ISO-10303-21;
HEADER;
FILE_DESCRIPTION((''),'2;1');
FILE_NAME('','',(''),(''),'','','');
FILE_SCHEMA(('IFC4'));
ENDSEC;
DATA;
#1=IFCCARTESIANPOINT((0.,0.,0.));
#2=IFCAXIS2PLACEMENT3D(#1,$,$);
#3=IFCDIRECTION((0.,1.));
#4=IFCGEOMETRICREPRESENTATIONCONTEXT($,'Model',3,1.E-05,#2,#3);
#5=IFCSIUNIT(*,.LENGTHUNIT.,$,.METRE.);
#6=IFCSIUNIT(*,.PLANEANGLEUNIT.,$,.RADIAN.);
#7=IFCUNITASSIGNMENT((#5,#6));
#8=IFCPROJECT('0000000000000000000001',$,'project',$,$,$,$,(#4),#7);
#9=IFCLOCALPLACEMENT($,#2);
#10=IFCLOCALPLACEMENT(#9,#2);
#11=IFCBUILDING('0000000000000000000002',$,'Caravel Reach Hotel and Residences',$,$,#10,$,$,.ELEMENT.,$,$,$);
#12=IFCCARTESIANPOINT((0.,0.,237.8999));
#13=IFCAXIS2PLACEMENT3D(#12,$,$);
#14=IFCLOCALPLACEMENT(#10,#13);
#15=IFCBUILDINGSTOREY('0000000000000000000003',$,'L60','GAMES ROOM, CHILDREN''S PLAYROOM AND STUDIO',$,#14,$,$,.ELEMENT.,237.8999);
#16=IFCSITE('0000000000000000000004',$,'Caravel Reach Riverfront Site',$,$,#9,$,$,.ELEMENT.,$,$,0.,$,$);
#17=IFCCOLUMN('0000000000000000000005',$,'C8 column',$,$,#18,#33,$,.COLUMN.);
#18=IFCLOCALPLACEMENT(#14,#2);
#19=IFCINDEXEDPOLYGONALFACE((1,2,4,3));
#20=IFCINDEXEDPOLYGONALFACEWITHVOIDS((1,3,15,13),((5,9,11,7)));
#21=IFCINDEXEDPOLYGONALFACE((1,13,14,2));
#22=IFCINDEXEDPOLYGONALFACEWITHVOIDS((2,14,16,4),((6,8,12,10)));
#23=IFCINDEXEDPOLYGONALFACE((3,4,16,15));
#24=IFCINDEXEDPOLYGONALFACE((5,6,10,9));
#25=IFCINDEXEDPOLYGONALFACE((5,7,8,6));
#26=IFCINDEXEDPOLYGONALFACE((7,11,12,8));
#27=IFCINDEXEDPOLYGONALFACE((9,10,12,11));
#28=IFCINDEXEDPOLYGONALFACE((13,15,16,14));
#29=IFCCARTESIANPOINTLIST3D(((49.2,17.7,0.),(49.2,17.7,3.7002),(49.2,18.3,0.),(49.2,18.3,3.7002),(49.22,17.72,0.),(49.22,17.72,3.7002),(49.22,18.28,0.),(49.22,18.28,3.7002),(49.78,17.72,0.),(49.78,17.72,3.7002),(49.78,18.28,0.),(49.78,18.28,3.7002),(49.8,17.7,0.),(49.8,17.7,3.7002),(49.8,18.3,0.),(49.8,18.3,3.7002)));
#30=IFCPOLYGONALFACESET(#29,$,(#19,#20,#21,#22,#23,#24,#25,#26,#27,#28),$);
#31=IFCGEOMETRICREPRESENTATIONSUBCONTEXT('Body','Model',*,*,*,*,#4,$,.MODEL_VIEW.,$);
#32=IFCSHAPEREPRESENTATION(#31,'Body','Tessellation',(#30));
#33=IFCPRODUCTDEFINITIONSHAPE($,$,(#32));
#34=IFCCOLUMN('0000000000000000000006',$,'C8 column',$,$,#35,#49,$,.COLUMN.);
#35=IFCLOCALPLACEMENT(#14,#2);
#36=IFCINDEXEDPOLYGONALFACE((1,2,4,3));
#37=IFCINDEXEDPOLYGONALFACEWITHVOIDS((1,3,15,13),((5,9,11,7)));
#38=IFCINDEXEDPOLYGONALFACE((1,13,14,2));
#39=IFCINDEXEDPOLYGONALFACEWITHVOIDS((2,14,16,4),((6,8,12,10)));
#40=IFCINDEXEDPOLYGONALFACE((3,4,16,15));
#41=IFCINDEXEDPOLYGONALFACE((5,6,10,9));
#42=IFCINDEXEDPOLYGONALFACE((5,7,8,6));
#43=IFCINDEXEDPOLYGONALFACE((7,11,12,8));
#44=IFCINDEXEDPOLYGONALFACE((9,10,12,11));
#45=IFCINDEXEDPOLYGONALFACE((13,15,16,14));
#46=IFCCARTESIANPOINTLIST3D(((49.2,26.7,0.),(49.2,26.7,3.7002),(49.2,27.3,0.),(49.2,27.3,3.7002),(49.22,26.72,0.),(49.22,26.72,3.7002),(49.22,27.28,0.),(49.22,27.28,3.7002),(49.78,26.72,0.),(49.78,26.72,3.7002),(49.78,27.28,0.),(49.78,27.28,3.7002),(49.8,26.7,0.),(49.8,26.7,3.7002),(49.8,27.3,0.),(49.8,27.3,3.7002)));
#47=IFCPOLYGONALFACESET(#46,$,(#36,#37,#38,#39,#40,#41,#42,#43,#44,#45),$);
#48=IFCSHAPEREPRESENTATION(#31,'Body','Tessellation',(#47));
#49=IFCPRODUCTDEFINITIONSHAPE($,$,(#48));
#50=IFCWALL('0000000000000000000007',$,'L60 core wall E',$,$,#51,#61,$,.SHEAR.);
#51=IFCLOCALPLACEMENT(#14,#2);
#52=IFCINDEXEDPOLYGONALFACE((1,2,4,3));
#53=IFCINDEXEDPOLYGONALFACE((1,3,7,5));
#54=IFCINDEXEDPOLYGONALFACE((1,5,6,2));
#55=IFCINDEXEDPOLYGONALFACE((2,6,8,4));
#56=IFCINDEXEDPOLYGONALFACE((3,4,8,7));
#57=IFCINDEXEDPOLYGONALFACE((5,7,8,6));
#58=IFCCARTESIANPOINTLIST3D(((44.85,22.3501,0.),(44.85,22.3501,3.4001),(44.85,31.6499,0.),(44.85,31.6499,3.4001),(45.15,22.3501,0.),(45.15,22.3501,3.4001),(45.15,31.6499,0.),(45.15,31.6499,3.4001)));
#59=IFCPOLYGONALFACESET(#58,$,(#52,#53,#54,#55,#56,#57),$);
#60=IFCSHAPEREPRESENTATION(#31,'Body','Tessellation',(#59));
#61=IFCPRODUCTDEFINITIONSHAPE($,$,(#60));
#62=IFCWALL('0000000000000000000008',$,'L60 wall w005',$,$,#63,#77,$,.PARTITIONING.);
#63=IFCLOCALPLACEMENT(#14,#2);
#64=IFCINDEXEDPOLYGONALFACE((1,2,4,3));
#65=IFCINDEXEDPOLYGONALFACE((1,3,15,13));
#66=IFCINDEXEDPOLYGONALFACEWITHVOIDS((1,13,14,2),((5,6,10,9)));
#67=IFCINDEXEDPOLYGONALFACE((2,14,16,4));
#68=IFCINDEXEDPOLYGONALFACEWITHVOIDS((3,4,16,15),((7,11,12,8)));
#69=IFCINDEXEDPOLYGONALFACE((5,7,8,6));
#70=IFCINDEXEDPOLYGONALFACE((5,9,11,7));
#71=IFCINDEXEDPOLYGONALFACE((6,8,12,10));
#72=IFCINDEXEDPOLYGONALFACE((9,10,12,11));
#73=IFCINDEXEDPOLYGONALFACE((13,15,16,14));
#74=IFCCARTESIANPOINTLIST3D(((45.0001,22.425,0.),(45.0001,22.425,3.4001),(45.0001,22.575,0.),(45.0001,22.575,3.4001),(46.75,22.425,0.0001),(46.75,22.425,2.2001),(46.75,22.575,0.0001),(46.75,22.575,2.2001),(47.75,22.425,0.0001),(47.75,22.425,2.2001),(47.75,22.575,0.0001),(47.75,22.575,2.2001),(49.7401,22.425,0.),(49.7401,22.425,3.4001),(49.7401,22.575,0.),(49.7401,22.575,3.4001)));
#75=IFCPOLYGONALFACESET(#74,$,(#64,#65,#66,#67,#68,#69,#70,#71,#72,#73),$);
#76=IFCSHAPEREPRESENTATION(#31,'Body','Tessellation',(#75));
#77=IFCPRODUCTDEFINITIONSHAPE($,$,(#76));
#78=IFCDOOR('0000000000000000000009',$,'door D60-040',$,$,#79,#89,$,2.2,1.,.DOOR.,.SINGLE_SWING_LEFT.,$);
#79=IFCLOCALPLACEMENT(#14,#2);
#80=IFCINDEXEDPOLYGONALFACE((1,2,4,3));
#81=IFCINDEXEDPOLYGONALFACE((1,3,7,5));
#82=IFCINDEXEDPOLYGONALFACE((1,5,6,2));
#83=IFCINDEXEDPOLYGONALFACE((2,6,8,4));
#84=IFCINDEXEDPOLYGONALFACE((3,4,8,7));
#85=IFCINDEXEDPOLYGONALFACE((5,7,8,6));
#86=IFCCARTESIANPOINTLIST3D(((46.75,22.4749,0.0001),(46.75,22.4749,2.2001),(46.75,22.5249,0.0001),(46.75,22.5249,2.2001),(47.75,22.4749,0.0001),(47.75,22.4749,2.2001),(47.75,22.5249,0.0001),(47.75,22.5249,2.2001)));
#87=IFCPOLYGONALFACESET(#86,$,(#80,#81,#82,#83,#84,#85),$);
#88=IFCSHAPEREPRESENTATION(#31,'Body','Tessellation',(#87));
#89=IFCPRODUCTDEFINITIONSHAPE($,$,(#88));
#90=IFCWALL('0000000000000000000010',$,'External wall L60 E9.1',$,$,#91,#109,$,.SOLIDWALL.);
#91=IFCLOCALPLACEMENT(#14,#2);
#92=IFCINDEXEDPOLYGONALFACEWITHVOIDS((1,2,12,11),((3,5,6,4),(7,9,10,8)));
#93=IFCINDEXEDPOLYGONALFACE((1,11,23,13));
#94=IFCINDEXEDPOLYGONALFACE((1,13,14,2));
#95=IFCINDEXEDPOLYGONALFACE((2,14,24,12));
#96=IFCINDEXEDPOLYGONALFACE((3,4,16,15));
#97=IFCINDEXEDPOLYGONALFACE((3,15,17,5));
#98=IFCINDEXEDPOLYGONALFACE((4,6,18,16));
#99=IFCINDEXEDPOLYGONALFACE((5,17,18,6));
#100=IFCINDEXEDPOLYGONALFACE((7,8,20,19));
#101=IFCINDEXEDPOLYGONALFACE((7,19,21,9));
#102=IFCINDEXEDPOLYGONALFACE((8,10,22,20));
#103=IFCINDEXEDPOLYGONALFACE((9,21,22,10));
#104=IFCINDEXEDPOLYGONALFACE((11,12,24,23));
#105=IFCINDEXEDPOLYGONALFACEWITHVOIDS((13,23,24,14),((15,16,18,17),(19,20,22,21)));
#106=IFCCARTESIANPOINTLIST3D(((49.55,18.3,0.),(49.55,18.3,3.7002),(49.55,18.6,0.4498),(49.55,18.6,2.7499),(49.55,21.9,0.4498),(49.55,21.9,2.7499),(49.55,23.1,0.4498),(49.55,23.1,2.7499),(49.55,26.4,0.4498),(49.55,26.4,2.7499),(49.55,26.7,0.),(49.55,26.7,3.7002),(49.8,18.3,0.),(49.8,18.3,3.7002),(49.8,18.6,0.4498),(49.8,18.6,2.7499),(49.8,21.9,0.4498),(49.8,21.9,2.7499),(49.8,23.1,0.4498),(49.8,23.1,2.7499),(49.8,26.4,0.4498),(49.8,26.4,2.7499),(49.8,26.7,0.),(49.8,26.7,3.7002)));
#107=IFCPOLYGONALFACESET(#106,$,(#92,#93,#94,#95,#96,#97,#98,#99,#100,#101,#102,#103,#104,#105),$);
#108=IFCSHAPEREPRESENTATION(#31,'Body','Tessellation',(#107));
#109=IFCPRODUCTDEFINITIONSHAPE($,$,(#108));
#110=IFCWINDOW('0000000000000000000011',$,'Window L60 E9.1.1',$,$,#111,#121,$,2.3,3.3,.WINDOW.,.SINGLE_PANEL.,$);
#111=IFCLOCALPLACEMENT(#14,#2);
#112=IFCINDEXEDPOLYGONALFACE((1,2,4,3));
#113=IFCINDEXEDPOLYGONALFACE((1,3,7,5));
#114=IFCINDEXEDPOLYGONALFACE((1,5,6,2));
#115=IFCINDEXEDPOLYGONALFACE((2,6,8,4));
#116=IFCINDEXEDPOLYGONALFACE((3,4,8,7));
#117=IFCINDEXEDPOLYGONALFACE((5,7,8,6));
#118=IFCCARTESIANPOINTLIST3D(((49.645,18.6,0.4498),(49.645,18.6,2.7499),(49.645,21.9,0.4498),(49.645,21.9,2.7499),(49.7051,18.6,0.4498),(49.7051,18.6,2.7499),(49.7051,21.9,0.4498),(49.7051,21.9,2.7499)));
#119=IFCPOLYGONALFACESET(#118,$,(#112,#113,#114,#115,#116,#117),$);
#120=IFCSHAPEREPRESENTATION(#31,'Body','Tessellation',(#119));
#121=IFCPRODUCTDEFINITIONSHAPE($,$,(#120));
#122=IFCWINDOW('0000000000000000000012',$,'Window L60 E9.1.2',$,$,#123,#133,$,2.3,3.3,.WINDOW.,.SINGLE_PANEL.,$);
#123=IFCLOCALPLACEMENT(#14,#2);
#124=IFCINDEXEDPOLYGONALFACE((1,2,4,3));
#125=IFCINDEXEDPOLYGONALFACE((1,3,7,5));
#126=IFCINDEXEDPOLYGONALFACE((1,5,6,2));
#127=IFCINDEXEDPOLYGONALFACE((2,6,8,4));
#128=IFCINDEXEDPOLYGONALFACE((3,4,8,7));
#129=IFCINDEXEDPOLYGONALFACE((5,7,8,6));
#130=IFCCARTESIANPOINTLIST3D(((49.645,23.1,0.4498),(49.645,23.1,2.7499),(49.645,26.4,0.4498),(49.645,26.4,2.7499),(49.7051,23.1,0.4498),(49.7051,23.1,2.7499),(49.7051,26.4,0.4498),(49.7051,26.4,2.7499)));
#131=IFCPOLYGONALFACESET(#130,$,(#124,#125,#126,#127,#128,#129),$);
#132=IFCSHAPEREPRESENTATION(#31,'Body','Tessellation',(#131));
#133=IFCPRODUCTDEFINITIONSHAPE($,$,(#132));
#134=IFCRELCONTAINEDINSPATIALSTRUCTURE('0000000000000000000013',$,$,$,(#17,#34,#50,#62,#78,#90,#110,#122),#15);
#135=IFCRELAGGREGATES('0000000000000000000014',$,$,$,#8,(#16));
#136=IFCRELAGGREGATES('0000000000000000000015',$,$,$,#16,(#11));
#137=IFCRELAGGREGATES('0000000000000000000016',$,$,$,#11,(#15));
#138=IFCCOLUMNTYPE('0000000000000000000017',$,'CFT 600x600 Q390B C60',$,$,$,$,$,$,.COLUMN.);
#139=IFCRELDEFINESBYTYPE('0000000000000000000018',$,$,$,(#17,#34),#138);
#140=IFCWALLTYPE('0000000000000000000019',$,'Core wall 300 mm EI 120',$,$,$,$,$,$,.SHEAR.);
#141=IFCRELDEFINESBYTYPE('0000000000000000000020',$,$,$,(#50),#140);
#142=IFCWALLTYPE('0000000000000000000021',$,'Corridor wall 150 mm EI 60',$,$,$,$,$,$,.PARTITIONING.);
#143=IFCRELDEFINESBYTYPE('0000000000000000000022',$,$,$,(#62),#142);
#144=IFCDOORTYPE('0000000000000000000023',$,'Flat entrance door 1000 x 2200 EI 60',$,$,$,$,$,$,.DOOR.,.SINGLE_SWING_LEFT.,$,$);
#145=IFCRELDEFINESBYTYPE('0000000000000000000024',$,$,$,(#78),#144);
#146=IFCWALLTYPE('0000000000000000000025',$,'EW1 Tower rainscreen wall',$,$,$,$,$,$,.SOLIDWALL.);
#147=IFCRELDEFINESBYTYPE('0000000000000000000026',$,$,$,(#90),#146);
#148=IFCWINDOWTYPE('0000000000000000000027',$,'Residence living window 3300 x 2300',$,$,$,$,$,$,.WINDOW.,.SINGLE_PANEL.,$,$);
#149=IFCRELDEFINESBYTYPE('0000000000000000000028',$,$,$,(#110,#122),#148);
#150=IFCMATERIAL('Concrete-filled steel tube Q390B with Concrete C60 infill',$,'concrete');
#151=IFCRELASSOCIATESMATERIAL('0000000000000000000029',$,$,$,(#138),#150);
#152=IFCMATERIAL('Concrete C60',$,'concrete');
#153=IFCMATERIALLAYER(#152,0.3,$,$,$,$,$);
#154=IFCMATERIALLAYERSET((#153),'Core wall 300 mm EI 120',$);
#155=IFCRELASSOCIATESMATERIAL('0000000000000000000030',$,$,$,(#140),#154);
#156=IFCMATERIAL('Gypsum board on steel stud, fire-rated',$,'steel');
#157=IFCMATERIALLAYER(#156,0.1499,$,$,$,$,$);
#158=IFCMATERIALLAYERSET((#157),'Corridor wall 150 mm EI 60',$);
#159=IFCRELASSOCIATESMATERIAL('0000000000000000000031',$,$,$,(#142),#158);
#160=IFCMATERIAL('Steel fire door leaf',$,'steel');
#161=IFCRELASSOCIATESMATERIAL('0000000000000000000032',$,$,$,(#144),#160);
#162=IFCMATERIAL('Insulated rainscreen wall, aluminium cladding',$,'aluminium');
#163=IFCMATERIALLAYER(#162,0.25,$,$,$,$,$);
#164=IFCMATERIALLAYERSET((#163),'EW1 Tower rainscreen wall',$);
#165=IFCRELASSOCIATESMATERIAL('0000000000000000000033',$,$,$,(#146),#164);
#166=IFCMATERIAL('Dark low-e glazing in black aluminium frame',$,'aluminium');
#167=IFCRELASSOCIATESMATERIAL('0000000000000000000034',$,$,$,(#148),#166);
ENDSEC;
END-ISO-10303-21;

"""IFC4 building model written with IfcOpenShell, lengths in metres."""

from ifc_helpers import new_model, si_unit, direction, frame, frame_2d, origin, origin_2d, place, context, subcontext, project, spatial, rectangle, hollow_rectangle, extrude, material, layer, layer_set, material_profile, profile_set, type_object, element, fill, save


model = new_model("IFC4")

# Units and contexts
model_context = context("Model", 3, precision=1e-05, world=origin(), true_north=direction((0.0, 1.0)))
body_context = subcontext(model_context, "Body", "Model", "MODEL_VIEW")
ifc_project = project(units=[si_unit("LENGTHUNIT", "METRE"), si_unit("PLANEANGLEUNIT", "RADIAN")], contexts=[model_context])

# Site, building, storey
site_placement = place(None, origin())
site = spatial("IfcSite", under=ifc_project, at=site_placement, Name="Caravel Reach Riverfront Site", CompositionType="ELEMENT", RefElevation=0.0)
building_placement = place(site_placement, origin())
building = spatial("IfcBuilding", under=site, at=building_placement, Name="Caravel Reach Hotel and Residences", CompositionType="ELEMENT")
storey_placement = place(building_placement, frame((0.0, 0.0, 237.8999)))
storey = spatial("IfcBuildingStorey", under=building, at=storey_placement, Name="L60", Description="GAMES ROOM, CHILDREN'S PLAYROOM AND STUDIO", CompositionType="ELEMENT", Elevation=237.8999)

# Columns
ifc_material_1 = material(Name="Concrete-filled steel tube Q390B with Concrete C60 infill", Category="concrete")
ifc_material_profile = material_profile(ifc_material_1, hollow_rectangle(XDim=0.6001, YDim=0.6001, WallThickness=0.02, at=origin_2d()), Name="RHS 600x600x20")
ifc_profile_set = profile_set([ifc_material_profile], Name="Concrete-filled steel tube Q390B with Concrete C60 infill")
column_type = type_object("IfcColumnType", Name="CFT 600x600 Q390B C60", PredefinedType="COLUMN", material=ifc_profile_set)
for number, where, z_axis, x_axis, name in (
    (1, (49.5, 18.0, 0.0), (0.0, 0.0, 1.0), (1.0, 0.0, 0.0), "C8 column"),
    (2, (49.5, 27.0, 0.0), (0.0, 0.0, 1.0), (1.0, 0.0, 0.0), "C8 column"),
):
    element("IfcColumn", number, at=place(storey_placement, frame(where, z_axis=z_axis, x_axis=x_axis)), inside=storey, type_object=column_type, Name=name, PredefinedType="COLUMN", context=body_context, shape_type="SweptSolid", body=[
        extrude(hollow_rectangle(XDim=0.6001, YDim=0.6001, WallThickness=0.02, at=origin_2d()), origin(), (0.0, 0.0, 1.0), 3.7002),
    ])

# Wall
ifc_material_2 = material(Name="Concrete C60", Category="concrete")
ifc_layer_1 = layer(ifc_material_2, 0.3)
ifc_layer_set_1 = layer_set([ifc_layer_1], Name="Core wall 300 mm EI 120")
wall_type_1 = type_object("IfcWallType", Name="Core wall 300 mm EI 120", PredefinedType="SHEAR", material=ifc_layer_set_1)
wall_1_placement = place(storey_placement, frame((45.0, 22.3501, 0.0), z_axis=(0.0, 0.0, 1.0), x_axis=(0.0, 1.0, 0.0)))
element("IfcWall", 3, at=wall_1_placement, inside=storey, type_object=wall_type_1, Name="L60 core wall E", PredefinedType="SHEAR", context=body_context, shape_type="SweptSolid", body=[
    extrude(rectangle(XDim=9.2998, YDim=0.3, at=frame_2d((4.6499, 0.0))), origin(), (0.0, 0.0, 1.0), 3.4001),
])

# Wall, opening, door
ifc_material_3 = material(Name="Gypsum board on steel stud, fire-rated", Category="steel")
ifc_layer_2 = layer(ifc_material_3, 0.1499)
ifc_layer_set_2 = layer_set([ifc_layer_2], Name="Corridor wall 150 mm EI 60")
wall_type_2 = type_object("IfcWallType", Name="Corridor wall 150 mm EI 60", PredefinedType="PARTITIONING", material=ifc_layer_set_2)
wall_2_placement = place(storey_placement, frame((45.0, 22.5, 0.0), z_axis=(0.0, 0.0, 1.0), x_axis=(1.0, 0.0, 0.0)))
wall_2 = element("IfcWall", 4, at=wall_2_placement, inside=storey, type_object=wall_type_2, Name="L60 wall w005", PredefinedType="PARTITIONING", context=body_context, shape_type="SweptSolid", body=[
    extrude(rectangle(XDim=4.74, YDim=0.1499, at=frame_2d((2.3701, 0.0))), origin(), (0.0, 0.0, 1.0), 3.4001),
])
opening_1_placement = place(wall_2_placement, frame((1.75, 0.0, 0.0)))
opening_1 = element("IfcOpeningElement", 5, at=opening_1_placement, cuts=wall_2, PredefinedType="OPENING", context=body_context, shape_type="SweptSolid", body=[
    extrude(rectangle(XDim=1.0, YDim=2.2, at=frame_2d((0.5, 1.1001))), frame((0.0, 0.085, 0.0), z_axis=(0.0, -1.0, 0.0), x_axis=(1.0, 0.0, 0.0)), (0.0, 0.0, 1.0), 0.1699),
])
ifc_material_4 = material(Name="Steel fire door leaf", Category="steel")
door_type = type_object("IfcDoorType", Name="Flat entrance door 1000 x 2200 EI 60", OperationType="SINGLE_SWING_LEFT", PredefinedType="DOOR", material=ifc_material_4)
door_placement = place(opening_1_placement, origin())
door = element("IfcDoor", 6, at=door_placement, inside=storey, type_object=door_type, Name="door D60-040", OperationType="SINGLE_SWING_LEFT", OverallHeight=2.2, OverallWidth=1.0, PredefinedType="DOOR", context=body_context, shape_type="SweptSolid", body=[
    extrude(rectangle(XDim=1.0, YDim=2.2, at=frame_2d((0.5, 1.1001))), frame((0.0, 0.0249, 0.0), z_axis=(0.0, -1.0, 0.0), x_axis=(1.0, 0.0, 0.0)), (0.0, 0.0, 1.0), 0.05),
])
fill(opening_1, door)

# Wall, openings, windows
ifc_material_5 = material(Name="Insulated rainscreen wall, aluminium cladding", Category="aluminium")
ifc_layer_3 = layer(ifc_material_5, 0.25)
ifc_layer_set_3 = layer_set([ifc_layer_3], Name="EW1 Tower rainscreen wall")
wall_type_3 = type_object("IfcWallType", Name="EW1 Tower rainscreen wall", PredefinedType="SOLIDWALL", material=ifc_layer_set_3)
wall_3_placement = place(storey_placement, frame((49.675, 18.3, 0.0), z_axis=(0.0, 0.0, 1.0), x_axis=(0.0, 1.0, 0.0)))
wall_3 = element("IfcWall", 7, at=wall_3_placement, inside=storey, type_object=wall_type_3, Name="External wall L60 E9.1", PredefinedType="SOLIDWALL", context=body_context, shape_type="SweptSolid", body=[
    extrude(rectangle(XDim=8.3999, YDim=0.25, at=frame_2d((4.2, 0.0))), origin(), (0.0, 0.0, 1.0), 3.7002),
])
opening_2_placement = place(wall_3_placement, frame((0.3, 0.0, 0.45)))
opening_2 = element("IfcOpeningElement", 8, at=opening_2_placement, cuts=wall_3, PredefinedType="OPENING", context=body_context, shape_type="SweptSolid", body=[
    extrude(rectangle(XDim=3.3, YDim=2.3, at=frame_2d((1.6499, 1.1499))), frame((0.0, 0.135, 0.0), z_axis=(0.0, -1.0, 0.0), x_axis=(1.0, 0.0, 0.0)), (0.0, 0.0, 1.0), 0.27),
])
opening_3_placement = place(wall_3_placement, frame((4.8, 0.0, 0.45)))
opening_3 = element("IfcOpeningElement", 9, at=opening_3_placement, cuts=wall_3, PredefinedType="OPENING", context=body_context, shape_type="SweptSolid", body=[
    extrude(rectangle(XDim=3.3, YDim=2.3, at=frame_2d((1.6499, 1.1499))), frame((0.0, 0.135, 0.0), z_axis=(0.0, -1.0, 0.0), x_axis=(1.0, 0.0, 0.0)), (0.0, 0.0, 1.0), 0.27),
])
ifc_material_6 = material(Name="Dark low-e glazing in black aluminium frame", Category="aluminium")
window_type = type_object("IfcWindowType", Name="Residence living window 3300 x 2300", PartitioningType="SINGLE_PANEL", PredefinedType="WINDOW", material=ifc_material_6)
window_1_placement = place(opening_2_placement, origin())
window_1 = element("IfcWindow", 10, at=window_1_placement, inside=storey, type_object=window_type, Name="Window L60 E9.1.1", OverallHeight=2.3, OverallWidth=3.3, PartitioningType="SINGLE_PANEL", PredefinedType="WINDOW", context=body_context, shape_type="SweptSolid", body=[
    extrude(rectangle(XDim=3.3, YDim=2.3, at=frame_2d((1.6499, 1.1499))), frame((0.0, 0.03, 0.0), z_axis=(0.0, -1.0, 0.0), x_axis=(1.0, 0.0, 0.0)), (0.0, 0.0, 1.0), 0.0601),
])
fill(opening_2, window_1)
window_2_placement = place(opening_3_placement, origin())
window_2 = element("IfcWindow", 11, at=window_2_placement, inside=storey, type_object=window_type, Name="Window L60 E9.1.2", OverallHeight=2.3, OverallWidth=3.3, PartitioningType="SINGLE_PANEL", PredefinedType="WINDOW", context=body_context, shape_type="SweptSolid", body=[
    extrude(rectangle(XDim=3.3, YDim=2.3, at=frame_2d((1.6499, 1.1499))), frame((0.0, 0.03, 0.0), z_axis=(0.0, -1.0, 0.0), x_axis=(1.0, 0.0, 0.0)), (0.0, 0.0, 1.0), 0.0601),
])
fill(opening_3, window_2)

save(model, "model.ifc")
